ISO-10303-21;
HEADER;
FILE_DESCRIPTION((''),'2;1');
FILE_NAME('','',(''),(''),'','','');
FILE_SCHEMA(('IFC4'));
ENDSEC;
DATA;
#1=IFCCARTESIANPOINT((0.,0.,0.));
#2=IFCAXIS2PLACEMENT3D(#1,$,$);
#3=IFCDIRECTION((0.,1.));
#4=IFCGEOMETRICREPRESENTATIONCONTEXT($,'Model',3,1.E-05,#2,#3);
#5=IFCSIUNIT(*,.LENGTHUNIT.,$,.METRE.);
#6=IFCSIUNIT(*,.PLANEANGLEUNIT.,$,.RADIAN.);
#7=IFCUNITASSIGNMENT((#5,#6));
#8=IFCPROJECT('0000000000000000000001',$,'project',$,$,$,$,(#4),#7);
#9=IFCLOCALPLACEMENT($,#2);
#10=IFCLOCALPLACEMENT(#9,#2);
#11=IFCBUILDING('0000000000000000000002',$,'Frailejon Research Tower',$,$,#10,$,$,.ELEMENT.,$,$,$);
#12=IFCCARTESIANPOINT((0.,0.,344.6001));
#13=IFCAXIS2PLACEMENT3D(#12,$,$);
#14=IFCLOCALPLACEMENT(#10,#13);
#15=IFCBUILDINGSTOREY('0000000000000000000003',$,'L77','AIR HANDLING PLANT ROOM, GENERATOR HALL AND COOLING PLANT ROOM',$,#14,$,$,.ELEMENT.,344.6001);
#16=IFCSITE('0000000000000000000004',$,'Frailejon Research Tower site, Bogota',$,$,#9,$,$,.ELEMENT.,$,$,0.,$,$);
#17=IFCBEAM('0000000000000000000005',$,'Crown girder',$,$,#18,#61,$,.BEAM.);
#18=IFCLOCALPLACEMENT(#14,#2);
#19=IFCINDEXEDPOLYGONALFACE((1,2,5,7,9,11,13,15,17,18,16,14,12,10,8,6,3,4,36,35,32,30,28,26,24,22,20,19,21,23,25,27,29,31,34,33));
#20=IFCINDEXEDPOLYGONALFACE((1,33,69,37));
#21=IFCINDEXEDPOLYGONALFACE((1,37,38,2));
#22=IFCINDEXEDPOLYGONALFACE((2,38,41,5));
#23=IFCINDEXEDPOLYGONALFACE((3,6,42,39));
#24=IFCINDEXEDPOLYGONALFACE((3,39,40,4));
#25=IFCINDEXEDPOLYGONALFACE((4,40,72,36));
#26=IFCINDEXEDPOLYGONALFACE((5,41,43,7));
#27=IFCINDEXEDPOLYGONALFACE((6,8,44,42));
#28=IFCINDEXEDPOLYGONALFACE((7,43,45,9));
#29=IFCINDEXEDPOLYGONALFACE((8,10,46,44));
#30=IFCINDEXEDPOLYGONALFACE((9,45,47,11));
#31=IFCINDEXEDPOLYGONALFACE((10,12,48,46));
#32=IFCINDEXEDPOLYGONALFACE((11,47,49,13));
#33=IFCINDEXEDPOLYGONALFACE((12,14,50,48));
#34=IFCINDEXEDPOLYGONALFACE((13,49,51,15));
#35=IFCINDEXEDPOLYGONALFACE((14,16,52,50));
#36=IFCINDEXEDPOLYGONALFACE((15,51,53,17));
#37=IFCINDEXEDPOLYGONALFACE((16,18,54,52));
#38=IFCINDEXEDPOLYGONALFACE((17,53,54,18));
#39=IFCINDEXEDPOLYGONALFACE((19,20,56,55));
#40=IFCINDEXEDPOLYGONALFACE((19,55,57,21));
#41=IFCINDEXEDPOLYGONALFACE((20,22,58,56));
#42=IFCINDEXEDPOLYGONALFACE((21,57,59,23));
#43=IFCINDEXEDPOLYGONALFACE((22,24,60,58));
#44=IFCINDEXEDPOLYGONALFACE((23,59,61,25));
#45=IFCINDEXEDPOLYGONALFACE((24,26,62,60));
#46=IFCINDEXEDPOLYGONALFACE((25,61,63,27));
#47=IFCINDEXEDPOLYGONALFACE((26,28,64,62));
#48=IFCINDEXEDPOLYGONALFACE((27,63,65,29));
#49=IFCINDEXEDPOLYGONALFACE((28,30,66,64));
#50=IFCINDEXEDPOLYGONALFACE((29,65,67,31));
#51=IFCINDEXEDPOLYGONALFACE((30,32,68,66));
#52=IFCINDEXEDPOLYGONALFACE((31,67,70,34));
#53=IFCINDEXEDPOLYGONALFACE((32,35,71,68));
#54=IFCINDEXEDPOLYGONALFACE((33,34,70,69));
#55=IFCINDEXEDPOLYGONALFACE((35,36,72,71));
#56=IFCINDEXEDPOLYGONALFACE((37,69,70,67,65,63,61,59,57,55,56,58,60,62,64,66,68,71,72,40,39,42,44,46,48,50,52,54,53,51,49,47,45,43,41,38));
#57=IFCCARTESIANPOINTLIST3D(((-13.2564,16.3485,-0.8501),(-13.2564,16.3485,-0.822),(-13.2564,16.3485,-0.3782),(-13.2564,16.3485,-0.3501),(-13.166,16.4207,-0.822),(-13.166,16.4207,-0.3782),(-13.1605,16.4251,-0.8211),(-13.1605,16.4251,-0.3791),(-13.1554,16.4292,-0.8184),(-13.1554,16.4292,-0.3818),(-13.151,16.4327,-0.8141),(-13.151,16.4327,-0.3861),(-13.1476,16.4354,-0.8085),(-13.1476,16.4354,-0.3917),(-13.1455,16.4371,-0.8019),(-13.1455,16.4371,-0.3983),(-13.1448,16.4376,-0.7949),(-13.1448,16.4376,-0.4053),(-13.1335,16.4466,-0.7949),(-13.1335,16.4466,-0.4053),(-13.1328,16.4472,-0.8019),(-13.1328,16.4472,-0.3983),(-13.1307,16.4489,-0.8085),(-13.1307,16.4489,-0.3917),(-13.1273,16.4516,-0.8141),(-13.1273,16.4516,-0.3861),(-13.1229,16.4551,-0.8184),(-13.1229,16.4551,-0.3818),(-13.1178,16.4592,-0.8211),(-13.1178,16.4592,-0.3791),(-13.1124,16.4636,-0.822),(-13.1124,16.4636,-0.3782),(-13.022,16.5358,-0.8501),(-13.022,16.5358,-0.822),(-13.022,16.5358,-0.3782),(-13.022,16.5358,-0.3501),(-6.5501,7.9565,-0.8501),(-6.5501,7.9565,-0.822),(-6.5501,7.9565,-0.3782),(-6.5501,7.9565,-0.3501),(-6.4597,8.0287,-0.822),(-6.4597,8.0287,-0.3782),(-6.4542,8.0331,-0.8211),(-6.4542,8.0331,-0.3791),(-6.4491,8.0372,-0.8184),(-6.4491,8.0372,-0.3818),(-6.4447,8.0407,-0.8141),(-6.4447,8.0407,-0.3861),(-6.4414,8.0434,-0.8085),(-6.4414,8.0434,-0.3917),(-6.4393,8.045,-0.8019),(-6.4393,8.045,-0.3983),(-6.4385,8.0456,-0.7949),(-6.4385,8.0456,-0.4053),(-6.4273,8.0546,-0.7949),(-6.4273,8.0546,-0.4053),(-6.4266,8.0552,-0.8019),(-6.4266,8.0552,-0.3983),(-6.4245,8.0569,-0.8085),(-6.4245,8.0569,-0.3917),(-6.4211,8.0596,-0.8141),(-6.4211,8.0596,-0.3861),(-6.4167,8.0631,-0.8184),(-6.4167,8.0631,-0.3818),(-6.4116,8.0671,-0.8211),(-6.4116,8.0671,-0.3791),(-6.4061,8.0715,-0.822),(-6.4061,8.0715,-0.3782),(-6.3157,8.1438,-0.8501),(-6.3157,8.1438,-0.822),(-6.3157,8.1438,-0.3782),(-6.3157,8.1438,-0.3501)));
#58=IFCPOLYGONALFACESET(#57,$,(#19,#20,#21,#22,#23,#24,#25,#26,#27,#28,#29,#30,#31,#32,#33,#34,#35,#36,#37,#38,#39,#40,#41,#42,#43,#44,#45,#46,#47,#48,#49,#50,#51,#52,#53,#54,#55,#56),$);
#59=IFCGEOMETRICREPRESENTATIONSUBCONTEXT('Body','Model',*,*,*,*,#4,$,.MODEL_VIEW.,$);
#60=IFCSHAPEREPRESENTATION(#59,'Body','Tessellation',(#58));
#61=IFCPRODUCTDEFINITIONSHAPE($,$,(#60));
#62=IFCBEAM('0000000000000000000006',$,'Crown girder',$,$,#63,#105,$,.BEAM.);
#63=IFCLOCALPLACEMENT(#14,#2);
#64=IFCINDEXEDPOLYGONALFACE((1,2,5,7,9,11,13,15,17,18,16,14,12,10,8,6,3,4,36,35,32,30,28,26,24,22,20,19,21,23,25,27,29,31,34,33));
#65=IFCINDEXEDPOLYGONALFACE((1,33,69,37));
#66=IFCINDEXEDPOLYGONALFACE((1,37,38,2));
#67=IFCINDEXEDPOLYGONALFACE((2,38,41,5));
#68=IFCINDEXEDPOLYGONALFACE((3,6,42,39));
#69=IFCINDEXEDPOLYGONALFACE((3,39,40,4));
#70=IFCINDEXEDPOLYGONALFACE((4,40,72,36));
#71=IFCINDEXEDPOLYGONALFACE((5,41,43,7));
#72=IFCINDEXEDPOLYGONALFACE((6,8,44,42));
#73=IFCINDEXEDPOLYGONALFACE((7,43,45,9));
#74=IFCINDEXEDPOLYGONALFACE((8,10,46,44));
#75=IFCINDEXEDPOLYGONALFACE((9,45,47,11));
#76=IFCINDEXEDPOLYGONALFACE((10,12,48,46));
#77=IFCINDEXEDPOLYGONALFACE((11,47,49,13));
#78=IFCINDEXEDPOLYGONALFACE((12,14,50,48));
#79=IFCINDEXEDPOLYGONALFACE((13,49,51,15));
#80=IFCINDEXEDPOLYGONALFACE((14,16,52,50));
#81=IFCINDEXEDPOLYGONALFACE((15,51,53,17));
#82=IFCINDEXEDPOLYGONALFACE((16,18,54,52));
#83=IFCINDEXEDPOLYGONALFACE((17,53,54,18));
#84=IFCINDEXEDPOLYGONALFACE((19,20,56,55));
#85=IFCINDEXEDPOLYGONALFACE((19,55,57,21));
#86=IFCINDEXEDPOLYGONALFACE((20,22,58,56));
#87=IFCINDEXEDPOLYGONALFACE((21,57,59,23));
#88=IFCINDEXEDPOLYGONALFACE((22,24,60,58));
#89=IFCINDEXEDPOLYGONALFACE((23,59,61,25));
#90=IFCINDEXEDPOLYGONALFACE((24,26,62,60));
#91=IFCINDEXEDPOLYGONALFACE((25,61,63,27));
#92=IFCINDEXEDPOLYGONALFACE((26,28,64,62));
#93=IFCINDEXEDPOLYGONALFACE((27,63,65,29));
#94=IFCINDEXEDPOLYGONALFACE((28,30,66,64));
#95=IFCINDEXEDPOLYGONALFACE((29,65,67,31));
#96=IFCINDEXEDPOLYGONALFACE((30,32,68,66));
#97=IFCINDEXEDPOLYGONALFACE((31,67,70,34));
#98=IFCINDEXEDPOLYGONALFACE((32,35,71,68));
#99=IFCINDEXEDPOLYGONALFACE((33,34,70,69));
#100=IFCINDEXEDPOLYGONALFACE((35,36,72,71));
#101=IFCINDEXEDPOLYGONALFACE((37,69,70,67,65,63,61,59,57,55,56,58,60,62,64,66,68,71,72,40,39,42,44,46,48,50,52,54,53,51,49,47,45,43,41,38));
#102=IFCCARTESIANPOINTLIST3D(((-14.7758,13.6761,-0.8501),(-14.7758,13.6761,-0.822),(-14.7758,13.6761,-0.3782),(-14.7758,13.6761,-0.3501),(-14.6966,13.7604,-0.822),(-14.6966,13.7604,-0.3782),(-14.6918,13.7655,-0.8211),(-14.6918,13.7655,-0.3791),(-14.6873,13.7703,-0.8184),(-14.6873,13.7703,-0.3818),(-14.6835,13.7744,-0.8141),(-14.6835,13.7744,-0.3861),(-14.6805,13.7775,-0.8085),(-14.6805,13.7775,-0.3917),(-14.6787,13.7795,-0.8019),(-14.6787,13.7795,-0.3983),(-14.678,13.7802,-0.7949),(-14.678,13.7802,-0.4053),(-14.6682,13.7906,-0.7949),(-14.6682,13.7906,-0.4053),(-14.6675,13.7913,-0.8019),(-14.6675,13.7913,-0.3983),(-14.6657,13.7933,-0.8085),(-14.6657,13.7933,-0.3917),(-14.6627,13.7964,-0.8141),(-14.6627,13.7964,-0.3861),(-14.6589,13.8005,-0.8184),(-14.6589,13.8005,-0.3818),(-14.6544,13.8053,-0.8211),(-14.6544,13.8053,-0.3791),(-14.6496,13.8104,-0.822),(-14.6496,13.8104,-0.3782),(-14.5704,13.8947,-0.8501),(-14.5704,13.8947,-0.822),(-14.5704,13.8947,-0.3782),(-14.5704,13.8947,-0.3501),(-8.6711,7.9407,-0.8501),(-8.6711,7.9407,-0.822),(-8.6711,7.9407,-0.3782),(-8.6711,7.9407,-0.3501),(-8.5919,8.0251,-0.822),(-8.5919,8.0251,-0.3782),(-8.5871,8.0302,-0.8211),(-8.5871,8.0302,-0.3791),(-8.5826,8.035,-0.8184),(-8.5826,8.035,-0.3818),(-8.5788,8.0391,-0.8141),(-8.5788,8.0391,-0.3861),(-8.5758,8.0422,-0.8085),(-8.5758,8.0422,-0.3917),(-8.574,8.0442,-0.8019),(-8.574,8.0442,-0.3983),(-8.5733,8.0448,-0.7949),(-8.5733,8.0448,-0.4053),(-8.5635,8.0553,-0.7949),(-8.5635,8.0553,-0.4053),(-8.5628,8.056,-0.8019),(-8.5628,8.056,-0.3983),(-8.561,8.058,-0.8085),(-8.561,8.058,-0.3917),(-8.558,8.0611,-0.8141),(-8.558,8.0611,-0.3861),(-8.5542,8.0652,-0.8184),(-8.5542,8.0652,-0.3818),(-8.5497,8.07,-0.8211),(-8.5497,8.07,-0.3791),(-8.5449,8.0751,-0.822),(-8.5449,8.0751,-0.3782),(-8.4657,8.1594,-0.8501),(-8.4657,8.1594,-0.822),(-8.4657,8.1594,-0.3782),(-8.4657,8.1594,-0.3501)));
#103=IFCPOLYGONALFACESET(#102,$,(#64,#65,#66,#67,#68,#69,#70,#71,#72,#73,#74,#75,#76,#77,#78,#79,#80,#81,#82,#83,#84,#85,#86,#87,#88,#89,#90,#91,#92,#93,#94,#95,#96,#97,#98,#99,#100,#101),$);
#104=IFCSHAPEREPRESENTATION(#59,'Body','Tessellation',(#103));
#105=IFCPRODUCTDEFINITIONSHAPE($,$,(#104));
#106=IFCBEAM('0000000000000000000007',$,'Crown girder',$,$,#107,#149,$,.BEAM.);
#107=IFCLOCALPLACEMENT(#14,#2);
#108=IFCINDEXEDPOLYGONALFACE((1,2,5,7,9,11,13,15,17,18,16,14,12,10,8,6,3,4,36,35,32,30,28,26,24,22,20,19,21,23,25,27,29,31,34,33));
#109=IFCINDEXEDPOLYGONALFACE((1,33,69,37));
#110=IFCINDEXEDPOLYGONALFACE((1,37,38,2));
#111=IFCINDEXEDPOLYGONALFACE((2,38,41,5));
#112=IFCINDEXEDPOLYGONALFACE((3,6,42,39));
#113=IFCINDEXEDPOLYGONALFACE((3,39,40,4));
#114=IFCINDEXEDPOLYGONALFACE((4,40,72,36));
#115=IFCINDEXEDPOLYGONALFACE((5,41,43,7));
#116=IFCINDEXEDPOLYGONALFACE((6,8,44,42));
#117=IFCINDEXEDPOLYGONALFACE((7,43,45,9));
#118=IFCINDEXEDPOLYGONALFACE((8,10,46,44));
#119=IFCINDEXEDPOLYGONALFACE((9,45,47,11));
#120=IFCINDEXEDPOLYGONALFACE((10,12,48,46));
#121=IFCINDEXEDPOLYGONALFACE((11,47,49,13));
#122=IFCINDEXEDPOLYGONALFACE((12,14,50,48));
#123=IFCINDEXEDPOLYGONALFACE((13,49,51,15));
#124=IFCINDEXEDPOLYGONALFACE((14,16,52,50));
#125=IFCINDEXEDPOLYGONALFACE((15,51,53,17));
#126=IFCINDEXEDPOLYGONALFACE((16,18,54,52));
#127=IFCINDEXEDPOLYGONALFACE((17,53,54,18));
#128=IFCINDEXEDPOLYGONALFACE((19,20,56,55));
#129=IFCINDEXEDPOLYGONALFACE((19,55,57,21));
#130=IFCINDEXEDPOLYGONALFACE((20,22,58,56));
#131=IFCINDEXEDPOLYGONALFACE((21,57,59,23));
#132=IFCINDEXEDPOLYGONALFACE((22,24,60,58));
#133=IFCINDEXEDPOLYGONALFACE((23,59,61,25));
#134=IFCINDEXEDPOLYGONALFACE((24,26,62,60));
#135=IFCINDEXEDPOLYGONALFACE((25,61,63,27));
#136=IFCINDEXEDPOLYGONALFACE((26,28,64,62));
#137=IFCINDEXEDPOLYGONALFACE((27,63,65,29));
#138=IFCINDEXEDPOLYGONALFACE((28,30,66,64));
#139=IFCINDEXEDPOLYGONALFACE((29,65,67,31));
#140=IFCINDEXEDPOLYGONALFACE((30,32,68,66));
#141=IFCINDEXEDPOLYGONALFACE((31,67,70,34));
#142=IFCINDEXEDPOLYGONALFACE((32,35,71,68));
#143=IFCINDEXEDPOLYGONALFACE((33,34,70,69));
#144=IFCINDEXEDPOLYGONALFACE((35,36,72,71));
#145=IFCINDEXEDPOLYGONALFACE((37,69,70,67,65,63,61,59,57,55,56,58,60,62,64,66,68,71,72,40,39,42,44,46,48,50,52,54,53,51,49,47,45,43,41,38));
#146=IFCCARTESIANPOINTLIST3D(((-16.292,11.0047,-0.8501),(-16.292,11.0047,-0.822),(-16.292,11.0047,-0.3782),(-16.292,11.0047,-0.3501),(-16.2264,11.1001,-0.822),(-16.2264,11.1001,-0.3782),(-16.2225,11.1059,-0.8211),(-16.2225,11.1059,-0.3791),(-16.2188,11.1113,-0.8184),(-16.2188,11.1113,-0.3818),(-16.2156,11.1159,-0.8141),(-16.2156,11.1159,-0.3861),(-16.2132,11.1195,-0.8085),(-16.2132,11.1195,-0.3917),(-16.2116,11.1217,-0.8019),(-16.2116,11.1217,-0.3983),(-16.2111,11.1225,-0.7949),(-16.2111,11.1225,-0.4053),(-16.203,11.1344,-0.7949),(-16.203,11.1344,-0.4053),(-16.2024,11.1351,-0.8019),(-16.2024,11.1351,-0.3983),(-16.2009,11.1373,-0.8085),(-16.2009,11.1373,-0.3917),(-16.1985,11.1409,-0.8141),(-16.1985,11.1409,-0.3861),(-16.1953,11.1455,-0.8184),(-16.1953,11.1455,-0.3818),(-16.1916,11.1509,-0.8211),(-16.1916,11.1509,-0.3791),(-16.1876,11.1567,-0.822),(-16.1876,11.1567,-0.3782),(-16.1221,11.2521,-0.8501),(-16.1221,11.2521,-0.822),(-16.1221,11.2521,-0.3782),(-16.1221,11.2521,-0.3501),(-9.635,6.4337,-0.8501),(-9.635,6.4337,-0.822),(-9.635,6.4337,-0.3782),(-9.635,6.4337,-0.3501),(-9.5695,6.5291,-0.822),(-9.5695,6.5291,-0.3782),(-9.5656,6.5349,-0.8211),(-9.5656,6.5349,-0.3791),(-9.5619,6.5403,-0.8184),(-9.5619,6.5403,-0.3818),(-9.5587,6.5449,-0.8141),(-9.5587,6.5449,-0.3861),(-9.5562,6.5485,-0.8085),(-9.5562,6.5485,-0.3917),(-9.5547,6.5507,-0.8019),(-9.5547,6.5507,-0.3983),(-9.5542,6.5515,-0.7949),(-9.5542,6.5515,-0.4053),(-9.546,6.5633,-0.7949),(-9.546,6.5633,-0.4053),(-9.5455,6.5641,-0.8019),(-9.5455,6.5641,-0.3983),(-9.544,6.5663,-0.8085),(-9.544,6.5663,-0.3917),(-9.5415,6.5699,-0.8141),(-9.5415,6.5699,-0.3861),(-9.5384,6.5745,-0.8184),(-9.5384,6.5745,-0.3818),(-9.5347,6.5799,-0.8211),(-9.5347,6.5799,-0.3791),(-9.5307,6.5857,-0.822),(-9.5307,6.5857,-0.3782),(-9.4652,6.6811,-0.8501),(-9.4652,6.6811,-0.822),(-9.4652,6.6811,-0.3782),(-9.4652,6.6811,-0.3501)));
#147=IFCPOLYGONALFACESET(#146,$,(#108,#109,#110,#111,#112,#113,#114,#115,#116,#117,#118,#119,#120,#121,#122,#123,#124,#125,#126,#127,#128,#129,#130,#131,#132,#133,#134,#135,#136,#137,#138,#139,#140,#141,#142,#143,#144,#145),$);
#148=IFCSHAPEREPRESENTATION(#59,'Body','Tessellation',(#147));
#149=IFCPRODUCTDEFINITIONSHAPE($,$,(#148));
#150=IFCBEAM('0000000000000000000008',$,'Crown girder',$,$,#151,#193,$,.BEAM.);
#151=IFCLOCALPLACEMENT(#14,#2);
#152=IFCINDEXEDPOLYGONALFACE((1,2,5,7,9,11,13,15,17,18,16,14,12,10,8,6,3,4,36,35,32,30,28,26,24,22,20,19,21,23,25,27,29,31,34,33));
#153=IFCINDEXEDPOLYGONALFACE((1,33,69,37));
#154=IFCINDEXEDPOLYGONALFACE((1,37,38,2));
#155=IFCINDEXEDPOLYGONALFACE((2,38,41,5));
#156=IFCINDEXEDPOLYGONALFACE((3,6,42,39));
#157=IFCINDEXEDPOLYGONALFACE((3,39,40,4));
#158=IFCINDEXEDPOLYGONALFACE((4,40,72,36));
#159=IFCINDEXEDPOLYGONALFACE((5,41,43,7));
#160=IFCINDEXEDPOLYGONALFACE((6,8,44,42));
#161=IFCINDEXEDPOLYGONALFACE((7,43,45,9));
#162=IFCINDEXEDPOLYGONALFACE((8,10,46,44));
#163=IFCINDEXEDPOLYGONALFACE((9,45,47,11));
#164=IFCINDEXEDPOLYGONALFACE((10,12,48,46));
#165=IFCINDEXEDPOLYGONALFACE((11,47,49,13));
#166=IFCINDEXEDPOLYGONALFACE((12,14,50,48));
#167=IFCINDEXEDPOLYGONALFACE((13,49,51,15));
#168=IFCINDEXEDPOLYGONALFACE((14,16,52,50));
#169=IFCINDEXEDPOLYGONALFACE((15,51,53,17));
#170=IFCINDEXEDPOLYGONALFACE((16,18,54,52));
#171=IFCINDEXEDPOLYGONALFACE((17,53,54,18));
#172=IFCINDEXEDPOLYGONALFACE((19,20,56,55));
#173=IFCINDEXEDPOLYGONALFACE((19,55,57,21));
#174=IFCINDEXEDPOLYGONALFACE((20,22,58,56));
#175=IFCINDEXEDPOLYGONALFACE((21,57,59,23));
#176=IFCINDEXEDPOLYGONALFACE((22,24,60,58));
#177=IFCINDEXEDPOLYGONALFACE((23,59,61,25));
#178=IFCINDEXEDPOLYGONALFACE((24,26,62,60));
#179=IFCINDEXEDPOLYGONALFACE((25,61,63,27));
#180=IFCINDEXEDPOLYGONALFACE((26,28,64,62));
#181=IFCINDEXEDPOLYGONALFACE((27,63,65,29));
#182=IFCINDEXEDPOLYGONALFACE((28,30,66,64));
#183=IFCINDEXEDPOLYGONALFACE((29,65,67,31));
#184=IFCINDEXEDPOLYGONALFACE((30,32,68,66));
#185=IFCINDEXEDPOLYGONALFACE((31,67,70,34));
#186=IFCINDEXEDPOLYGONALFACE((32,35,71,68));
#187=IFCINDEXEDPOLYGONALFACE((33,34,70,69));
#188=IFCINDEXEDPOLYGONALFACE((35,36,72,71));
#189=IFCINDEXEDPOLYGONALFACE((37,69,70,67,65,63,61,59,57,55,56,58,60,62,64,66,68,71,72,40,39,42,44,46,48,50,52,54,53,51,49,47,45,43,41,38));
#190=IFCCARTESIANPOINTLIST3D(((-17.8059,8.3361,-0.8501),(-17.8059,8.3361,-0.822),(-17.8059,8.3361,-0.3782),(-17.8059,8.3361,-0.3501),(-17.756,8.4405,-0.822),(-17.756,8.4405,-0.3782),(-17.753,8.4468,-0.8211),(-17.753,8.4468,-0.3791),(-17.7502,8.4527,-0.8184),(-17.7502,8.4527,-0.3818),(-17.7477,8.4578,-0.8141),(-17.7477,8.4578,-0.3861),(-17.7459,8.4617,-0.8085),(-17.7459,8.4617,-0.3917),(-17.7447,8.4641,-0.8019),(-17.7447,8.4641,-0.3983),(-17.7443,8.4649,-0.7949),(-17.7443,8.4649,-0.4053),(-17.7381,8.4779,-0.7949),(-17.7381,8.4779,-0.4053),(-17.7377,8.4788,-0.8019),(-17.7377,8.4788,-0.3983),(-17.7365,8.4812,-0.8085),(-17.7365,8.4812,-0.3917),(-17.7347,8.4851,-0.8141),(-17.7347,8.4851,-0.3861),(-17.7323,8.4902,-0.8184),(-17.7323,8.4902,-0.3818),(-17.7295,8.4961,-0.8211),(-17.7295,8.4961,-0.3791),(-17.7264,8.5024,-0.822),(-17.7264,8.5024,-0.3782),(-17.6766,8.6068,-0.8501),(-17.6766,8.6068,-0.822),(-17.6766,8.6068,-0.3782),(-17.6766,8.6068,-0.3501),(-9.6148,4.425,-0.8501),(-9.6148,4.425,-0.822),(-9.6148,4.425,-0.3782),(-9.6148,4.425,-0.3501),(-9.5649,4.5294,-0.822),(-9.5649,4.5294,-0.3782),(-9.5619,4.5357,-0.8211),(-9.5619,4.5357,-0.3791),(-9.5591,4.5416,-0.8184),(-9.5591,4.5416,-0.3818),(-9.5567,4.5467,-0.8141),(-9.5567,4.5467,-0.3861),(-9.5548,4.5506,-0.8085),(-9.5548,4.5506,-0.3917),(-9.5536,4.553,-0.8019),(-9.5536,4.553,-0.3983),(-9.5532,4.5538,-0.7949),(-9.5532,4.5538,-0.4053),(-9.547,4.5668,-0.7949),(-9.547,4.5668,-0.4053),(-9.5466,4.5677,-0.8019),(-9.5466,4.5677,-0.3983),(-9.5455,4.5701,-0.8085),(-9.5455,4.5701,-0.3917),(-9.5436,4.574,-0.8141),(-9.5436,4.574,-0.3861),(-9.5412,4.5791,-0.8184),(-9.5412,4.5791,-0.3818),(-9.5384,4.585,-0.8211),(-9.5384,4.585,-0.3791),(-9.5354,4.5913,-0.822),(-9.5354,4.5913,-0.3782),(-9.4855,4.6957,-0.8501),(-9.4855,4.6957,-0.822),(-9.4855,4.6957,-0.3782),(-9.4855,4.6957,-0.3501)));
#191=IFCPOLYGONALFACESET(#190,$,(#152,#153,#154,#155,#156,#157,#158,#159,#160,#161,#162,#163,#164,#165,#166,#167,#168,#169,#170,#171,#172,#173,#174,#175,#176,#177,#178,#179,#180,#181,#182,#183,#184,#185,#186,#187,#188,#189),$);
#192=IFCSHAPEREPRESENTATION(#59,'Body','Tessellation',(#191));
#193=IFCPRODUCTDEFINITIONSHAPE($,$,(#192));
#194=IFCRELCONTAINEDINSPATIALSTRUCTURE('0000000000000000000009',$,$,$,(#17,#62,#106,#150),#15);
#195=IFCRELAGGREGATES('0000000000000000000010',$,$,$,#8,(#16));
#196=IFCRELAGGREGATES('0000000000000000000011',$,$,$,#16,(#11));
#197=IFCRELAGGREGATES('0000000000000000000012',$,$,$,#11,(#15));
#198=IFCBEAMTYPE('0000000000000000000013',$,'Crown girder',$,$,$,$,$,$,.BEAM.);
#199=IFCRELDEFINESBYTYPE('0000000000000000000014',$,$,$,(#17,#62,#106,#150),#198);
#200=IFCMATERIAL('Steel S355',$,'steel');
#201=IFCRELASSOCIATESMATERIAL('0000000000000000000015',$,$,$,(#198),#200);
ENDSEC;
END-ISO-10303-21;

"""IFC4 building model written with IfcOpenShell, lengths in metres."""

from ifc_helpers import new_model, si_unit, direction, frame, origin, origin_2d, place, context, subcontext, project, spatial, i_section, extrude, material, material_profile, profile_set, type_object, element, save


model = new_model("IFC4")

# Units and contexts
model_context = context("Model", 3, precision=1e-05, world=origin(), true_north=direction((0.0, 1.0)))
body_context = subcontext(model_context, "Body", "Model", "MODEL_VIEW")
ifc_project = project(units=[si_unit("LENGTHUNIT", "METRE"), si_unit("PLANEANGLEUNIT", "RADIAN")], contexts=[model_context])

# Site, building, storey
site_placement = place(None, origin())
site = spatial("IfcSite", under=ifc_project, at=site_placement, Name="Frailejon Research Tower site, Bogota", CompositionType="ELEMENT", RefElevation=0.0)
building_placement = place(site_placement, origin())
building = spatial("IfcBuilding", under=site, at=building_placement, Name="Frailejon Research Tower", CompositionType="ELEMENT")
storey_placement = place(building_placement, frame((0.0, 0.0, 344.6001)))
storey = spatial("IfcBuildingStorey", under=building, at=storey_placement, Name="L77", Description="AIR HANDLING PLANT ROOM, GENERATOR HALL AND COOLING PLANT ROOM", CompositionType="ELEMENT", Elevation=344.6001)

# Beams
ifc_material_1 = material(Name="Steel S355", Category="steel")
ifc_material_profile_1 = material_profile(ifc_material_1, i_section(OverallWidth=0.3, OverallDepth=0.5, WebThickness=0.0144, FlangeThickness=0.0281, FilletRadius=0.0271, at=origin_2d()), Name="HE 500 B")
ifc_profile_set_1 = profile_set([ifc_material_profile_1], Name="Steel S355")
beam_type_1 = type_object("IfcBeamType", Name="Crown girder", PredefinedType="BEAM", material=ifc_profile_set_1)
beam_1_placement = place(storey_placement, frame((-13.1392, 16.4421, -0.6001), z_axis=(0.624276, -0.781203, 0.0), x_axis=(0.781203, 0.624276, 0.0)))
element("IfcBeam", 1, at=beam_1_placement, inside=storey, type_object=beam_type_1, Name="Crown girder", PredefinedType="BEAM", context=body_context, shape_type="SweptSolid", body=[
    extrude(i_section(OverallWidth=0.3, OverallDepth=0.5, WebThickness=0.0144, FlangeThickness=0.0281, FilletRadius=0.0271, at=origin_2d()), origin(), (0.0, 0.0, 1.0), 10.7424),
])
beam_2_placement = place(storey_placement, frame((-14.6731, 13.7854, -0.6001), z_axis=(0.728812, -0.684713, 0.0), x_axis=(0.684713, 0.728812, 0.0)))
element("IfcBeam", 2, at=beam_2_placement, inside=storey, type_object=beam_type_1, Name="Crown girder", PredefinedType="BEAM", context=body_context, shape_type="SweptSolid", body=[
    extrude(i_section(OverallWidth=0.3, OverallDepth=0.5, WebThickness=0.0144, FlangeThickness=0.0281, FilletRadius=0.0271, at=origin_2d()), origin(), (0.0, 0.0, 1.0), 8.3762),
])
beam_3_placement = place(storey_placement, frame((-16.207, 11.1284, -0.6001), z_axis=(0.824367, -0.566055, 0.0), x_axis=(0.566055, 0.824367, 0.0)))
element("IfcBeam", 3, at=beam_3_placement, inside=storey, type_object=beam_type_1, Name="Crown girder", PredefinedType="BEAM", context=body_context, shape_type="SweptSolid", body=[
    extrude(i_section(OverallWidth=0.3, OverallDepth=0.5, WebThickness=0.0144, FlangeThickness=0.0281, FilletRadius=0.0271, at=origin_2d()), origin(), (0.0, 0.0, 1.0), 8.0752),
])
beam_4_placement = place(storey_placement, frame((-17.7412, 8.4714, -0.6001), z_axis=(0.902408, -0.430883, 0.0), x_axis=(0.430883, 0.902408, 0.0)))
element("IfcBeam", 4, at=beam_4_placement, inside=storey, type_object=beam_type_1, Name="Crown girder", PredefinedType="BEAM", context=body_context, shape_type="SweptSolid", body=[
    extrude(i_section(OverallWidth=0.3, OverallDepth=0.5, WebThickness=0.0144, FlangeThickness=0.0281, FilletRadius=0.0271, at=origin_2d()), origin(), (0.0, 0.0, 1.0), 9.0769),
])

save(model, "model.ifc")
